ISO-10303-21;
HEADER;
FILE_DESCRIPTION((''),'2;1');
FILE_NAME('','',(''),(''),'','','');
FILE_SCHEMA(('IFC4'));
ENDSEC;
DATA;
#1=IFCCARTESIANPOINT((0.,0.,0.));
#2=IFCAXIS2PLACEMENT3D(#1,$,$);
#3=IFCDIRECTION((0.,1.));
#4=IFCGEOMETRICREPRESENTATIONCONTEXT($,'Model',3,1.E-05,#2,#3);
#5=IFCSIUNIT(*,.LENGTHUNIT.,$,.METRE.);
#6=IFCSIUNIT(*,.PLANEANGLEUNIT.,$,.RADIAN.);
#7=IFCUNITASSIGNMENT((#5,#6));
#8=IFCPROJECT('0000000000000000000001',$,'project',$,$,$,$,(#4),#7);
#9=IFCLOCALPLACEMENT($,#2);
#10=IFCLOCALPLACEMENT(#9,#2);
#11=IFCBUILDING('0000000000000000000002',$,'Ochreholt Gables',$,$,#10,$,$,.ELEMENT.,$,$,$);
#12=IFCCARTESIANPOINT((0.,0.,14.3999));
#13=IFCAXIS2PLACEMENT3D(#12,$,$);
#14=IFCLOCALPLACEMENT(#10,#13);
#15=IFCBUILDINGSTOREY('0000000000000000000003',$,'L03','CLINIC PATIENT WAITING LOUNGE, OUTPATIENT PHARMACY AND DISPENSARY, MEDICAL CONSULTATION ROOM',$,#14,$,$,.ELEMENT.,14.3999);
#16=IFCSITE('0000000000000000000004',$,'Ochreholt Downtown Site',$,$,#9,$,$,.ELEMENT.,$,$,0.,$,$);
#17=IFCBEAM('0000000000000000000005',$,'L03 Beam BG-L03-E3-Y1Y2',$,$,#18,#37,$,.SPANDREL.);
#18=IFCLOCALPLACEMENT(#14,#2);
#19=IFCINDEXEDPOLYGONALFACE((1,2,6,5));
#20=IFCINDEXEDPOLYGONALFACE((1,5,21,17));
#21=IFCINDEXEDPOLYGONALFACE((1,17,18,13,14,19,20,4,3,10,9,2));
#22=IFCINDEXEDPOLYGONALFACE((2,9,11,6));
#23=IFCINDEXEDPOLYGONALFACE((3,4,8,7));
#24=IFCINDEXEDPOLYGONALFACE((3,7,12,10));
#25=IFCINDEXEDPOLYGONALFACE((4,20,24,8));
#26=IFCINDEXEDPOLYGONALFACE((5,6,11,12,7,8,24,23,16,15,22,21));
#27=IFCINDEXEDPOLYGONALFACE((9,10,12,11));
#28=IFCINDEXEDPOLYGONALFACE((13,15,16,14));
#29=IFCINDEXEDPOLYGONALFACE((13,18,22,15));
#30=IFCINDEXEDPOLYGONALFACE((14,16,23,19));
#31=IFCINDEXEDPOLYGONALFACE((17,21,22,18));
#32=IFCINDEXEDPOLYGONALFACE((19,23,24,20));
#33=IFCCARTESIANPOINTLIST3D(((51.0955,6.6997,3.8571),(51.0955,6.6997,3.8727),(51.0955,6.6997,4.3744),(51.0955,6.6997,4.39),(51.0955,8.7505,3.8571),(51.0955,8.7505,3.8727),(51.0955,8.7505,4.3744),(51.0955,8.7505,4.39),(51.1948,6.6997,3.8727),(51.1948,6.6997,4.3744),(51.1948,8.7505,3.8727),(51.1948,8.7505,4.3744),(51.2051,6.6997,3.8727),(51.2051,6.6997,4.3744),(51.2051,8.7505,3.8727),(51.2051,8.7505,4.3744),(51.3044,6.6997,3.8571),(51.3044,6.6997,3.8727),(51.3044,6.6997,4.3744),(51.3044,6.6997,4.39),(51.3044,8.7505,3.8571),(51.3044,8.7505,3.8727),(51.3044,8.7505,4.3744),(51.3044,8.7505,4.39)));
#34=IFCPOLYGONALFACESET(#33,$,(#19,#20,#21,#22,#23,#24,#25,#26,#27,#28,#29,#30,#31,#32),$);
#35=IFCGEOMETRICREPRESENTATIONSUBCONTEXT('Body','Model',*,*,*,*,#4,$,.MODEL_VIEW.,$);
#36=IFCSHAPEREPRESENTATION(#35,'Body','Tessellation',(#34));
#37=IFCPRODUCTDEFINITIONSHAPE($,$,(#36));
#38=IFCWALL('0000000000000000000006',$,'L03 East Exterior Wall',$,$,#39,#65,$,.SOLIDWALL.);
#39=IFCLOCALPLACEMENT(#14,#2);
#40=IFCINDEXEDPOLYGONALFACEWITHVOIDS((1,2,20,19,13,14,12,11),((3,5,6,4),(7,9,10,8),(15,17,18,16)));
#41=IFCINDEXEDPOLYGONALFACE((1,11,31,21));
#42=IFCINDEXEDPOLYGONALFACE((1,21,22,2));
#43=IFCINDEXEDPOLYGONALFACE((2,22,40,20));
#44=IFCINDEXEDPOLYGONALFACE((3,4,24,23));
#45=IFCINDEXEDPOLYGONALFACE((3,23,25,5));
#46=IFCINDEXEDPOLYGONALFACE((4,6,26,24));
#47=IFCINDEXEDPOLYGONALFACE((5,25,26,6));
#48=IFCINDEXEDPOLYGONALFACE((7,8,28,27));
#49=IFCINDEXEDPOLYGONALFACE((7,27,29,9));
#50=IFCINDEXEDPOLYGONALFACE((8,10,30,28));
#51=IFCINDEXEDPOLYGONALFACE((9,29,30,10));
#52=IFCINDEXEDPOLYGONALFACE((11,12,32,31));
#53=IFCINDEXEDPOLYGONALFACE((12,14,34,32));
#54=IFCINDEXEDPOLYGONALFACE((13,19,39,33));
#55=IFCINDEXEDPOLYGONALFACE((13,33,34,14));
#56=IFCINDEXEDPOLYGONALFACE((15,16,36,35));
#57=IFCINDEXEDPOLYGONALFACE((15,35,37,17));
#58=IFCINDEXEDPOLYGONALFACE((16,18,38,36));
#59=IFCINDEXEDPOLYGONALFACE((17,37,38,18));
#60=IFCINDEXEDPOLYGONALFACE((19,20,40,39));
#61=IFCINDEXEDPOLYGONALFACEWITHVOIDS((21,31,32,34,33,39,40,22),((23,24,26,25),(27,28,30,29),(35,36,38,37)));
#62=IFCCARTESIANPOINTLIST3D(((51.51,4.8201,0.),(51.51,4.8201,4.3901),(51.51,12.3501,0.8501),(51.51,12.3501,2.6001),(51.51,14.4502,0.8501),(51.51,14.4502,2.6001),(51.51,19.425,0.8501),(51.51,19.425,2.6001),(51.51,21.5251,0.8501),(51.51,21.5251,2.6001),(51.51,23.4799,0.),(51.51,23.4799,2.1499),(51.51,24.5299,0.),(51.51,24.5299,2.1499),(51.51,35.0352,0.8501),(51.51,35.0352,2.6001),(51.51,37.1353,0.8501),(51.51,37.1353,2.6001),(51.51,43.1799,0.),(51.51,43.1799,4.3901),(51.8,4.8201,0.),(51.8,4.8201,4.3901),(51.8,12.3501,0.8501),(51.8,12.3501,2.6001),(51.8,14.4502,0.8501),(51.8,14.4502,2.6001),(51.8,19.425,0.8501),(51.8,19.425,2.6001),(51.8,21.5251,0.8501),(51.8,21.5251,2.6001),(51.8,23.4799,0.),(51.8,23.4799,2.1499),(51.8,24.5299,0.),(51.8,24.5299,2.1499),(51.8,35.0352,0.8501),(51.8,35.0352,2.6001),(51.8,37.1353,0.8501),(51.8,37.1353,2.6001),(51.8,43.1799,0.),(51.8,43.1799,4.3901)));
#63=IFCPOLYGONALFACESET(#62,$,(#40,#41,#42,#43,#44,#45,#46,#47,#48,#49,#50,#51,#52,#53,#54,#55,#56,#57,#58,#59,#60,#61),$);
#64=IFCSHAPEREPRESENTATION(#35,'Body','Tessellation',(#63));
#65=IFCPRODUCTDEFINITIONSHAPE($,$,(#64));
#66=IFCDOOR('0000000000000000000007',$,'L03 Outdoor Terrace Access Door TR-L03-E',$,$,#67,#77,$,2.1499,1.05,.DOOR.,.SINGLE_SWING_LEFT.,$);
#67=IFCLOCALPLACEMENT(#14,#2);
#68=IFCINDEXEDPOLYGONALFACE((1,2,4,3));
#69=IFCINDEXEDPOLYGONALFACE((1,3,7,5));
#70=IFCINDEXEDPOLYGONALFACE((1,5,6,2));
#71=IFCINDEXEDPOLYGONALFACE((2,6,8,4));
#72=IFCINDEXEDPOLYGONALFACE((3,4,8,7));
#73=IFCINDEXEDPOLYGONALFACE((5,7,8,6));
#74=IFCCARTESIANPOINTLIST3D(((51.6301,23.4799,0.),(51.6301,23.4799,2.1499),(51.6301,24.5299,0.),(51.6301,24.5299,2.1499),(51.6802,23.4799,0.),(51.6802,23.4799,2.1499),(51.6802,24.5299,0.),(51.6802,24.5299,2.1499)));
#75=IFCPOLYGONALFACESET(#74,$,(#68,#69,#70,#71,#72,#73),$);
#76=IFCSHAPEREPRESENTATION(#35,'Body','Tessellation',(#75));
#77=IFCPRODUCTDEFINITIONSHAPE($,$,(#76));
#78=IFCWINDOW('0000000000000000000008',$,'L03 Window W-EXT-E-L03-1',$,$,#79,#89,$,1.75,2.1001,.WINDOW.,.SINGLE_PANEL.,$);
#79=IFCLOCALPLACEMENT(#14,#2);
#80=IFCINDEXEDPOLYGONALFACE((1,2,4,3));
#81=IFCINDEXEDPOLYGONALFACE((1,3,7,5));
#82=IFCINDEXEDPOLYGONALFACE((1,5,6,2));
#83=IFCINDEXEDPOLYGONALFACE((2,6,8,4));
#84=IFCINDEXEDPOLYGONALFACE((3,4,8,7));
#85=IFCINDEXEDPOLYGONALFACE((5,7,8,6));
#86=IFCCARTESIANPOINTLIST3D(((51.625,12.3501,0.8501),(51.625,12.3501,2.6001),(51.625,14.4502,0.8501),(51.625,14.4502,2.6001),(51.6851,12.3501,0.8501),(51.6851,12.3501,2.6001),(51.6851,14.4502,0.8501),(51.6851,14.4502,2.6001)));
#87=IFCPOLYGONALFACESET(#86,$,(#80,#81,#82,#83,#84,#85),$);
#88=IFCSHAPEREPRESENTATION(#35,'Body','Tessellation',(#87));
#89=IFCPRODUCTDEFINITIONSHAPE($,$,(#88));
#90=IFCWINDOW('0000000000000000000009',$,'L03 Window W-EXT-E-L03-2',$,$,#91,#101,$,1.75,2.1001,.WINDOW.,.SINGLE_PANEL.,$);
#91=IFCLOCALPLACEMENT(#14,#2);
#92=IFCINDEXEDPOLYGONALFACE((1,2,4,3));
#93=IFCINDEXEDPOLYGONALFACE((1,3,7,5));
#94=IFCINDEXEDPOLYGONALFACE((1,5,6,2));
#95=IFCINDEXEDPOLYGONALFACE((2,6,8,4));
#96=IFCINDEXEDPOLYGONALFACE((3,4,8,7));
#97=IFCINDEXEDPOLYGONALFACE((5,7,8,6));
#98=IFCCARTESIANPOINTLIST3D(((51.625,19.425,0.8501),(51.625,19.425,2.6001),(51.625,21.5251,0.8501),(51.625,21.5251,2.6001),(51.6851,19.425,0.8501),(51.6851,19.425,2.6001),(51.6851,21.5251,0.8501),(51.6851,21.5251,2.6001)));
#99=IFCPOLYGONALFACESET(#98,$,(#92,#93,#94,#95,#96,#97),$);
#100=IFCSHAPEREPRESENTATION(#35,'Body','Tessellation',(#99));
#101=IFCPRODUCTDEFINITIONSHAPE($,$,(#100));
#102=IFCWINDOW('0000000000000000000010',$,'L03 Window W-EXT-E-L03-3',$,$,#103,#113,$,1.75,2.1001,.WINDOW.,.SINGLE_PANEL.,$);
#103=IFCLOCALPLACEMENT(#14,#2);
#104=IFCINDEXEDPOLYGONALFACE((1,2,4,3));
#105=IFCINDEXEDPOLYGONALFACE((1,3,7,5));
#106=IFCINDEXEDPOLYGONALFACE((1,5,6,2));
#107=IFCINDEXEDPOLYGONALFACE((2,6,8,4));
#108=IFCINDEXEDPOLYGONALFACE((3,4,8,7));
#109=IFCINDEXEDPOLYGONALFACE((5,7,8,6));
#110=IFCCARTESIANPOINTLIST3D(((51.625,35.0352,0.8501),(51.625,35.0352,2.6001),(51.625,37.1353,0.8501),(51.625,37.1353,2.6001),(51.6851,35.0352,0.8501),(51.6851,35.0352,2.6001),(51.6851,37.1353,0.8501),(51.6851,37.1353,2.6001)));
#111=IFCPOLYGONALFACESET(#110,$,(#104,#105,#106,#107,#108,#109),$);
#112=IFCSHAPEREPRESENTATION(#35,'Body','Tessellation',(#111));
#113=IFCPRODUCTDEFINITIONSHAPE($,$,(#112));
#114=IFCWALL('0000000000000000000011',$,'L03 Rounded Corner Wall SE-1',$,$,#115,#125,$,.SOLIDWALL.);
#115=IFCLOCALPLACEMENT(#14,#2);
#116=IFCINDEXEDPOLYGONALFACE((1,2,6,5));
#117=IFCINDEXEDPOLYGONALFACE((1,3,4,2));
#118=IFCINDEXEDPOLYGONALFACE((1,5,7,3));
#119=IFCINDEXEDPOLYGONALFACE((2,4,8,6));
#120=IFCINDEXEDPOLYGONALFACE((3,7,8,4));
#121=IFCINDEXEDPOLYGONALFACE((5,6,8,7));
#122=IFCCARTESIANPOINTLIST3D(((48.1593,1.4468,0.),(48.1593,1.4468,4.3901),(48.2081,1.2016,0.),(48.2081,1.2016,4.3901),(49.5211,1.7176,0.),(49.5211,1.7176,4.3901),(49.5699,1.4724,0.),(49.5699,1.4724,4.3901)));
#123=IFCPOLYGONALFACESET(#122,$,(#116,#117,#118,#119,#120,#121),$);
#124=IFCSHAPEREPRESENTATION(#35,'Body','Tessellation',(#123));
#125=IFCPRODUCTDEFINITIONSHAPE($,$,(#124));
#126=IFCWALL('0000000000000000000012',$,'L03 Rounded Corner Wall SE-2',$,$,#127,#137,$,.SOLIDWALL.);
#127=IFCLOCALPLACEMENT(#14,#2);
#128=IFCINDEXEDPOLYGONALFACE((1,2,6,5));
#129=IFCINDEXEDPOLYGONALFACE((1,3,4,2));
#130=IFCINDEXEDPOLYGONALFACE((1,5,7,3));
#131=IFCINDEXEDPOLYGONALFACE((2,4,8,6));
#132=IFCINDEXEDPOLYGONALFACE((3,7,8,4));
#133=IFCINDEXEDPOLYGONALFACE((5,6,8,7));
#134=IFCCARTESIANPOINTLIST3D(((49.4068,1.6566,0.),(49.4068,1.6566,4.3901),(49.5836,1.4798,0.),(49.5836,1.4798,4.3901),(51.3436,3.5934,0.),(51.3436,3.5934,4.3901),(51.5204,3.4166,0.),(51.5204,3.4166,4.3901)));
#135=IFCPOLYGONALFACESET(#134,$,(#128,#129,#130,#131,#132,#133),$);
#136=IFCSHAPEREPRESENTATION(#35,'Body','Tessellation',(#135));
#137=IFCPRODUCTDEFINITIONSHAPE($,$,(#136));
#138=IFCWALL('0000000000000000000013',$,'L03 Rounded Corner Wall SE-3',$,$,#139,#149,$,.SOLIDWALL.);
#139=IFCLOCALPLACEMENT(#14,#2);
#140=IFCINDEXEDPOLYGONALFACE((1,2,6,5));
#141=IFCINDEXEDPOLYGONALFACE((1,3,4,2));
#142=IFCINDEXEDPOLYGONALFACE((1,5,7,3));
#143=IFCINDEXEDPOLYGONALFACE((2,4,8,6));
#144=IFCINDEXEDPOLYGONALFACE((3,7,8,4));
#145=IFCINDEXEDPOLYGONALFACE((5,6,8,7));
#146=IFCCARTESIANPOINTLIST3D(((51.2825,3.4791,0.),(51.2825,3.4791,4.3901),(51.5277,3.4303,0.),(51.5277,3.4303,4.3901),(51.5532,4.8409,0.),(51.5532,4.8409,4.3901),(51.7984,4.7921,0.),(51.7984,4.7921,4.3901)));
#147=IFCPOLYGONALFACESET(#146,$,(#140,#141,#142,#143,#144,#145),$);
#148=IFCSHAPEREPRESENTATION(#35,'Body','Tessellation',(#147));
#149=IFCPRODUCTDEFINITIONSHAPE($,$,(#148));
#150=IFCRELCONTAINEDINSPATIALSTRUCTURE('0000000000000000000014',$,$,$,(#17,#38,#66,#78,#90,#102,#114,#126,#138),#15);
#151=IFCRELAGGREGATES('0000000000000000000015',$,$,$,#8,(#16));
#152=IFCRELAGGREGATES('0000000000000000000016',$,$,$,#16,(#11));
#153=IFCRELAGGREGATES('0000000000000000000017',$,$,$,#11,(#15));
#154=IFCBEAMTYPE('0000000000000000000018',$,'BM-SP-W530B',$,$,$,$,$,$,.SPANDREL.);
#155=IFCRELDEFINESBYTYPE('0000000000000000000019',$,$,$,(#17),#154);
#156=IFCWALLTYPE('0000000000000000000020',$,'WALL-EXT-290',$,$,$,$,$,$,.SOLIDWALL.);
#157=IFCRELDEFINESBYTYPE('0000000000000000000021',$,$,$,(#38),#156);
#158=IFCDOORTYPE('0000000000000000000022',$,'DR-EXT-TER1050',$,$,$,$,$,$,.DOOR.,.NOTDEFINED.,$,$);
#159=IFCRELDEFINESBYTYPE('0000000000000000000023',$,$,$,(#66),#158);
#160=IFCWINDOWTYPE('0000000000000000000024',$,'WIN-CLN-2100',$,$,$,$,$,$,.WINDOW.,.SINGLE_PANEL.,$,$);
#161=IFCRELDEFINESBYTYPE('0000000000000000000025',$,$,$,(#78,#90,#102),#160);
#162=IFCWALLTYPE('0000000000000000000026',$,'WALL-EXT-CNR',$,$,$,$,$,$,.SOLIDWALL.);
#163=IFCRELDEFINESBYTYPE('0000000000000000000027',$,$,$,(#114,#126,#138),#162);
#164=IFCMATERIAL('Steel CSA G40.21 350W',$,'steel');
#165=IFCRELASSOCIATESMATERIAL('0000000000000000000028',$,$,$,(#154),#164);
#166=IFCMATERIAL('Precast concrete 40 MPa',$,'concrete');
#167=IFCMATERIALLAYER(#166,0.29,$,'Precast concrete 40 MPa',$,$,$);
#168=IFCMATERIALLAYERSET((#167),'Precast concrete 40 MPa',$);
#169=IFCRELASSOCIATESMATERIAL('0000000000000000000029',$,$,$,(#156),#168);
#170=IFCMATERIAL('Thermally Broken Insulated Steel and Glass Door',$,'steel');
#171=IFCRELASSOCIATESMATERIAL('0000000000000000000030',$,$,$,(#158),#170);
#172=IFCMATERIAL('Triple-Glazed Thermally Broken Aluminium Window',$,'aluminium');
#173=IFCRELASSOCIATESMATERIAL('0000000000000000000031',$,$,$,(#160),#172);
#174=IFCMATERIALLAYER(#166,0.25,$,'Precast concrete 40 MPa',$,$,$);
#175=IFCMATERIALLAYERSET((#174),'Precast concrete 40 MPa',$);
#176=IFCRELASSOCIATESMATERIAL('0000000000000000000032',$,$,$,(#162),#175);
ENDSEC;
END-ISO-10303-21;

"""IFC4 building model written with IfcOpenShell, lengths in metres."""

from ifc_helpers import new_model, si_unit, direction, frame, frame_2d, origin, origin_2d, place, context, subcontext, project, spatial, rectangle, i_section, extrude, material, layer, layer_set, material_profile, profile_set, type_object, element, fill, save


model = new_model("IFC4")

# Units and contexts
model_context = context("Model", 3, precision=1e-05, world=origin(), true_north=direction((0.0, 1.0)))
body_context = subcontext(model_context, "Body", "Model", "MODEL_VIEW")
ifc_project = project(units=[si_unit("LENGTHUNIT", "METRE"), si_unit("PLANEANGLEUNIT", "RADIAN")], contexts=[model_context])

# Site, building, storey
site_placement = place(None, origin())
site = spatial("IfcSite", under=ifc_project, at=site_placement, Name="Ochreholt Downtown Site", CompositionType="ELEMENT", RefElevation=0.0)
building_placement = place(site_placement, origin())
building = spatial("IfcBuilding", under=site, at=building_placement, Name="Ochreholt Gables", CompositionType="ELEMENT")
storey_placement = place(building_placement, frame((0.0, 0.0, 14.3999)))
storey = spatial("IfcBuildingStorey", under=building, at=storey_placement, Name="L03", Description="CLINIC PATIENT WAITING LOUNGE, OUTPATIENT PHARMACY AND DISPENSARY, MEDICAL CONSULTATION ROOM", CompositionType="ELEMENT", Elevation=14.3999)

# Shared definitions
ifc_material_1 = material(Name="Steel CSA G40.21 350W", Category="steel")

# Beam
ifc_material_profile_1 = material_profile(ifc_material_1, i_section(OverallWidth=0.209, OverallDepth=0.533, WebThickness=0.0103, FlangeThickness=0.0156, at=origin_2d()), Name="W530X92")
ifc_profile_set_1 = profile_set([ifc_material_profile_1], Name="Steel CSA G40.21 350W")
beam_type_1 = type_object("IfcBeamType", Name="BM-SP-W530B", PredefinedType="SPANDREL", material=ifc_profile_set_1)
beam_1_placement = place(storey_placement, frame((51.2, 6.6997, 4.1235), z_axis=(0.0, 1.0, 0.0), x_axis=(-1.0, 0.0, 0.0)))
element("IfcBeam", 1, at=beam_1_placement, inside=storey, type_object=beam_type_1, Name="L03 Beam BG-L03-E3-Y1Y2", PredefinedType="SPANDREL", context=body_context, shape_type="SweptSolid", body=[
    extrude(i_section(OverallWidth=0.209, OverallDepth=0.533, WebThickness=0.0103, FlangeThickness=0.0156, at=origin_2d()), origin(), (0.0, 0.0, 1.0), 2.0508),
])

# Wall, openings, door, windows
ifc_material_2 = material(Name="Precast concrete 40 MPa", Category="concrete")
ifc_layer_1 = layer(ifc_material_2, 0.29, Name="Precast concrete 40 MPa")
ifc_layer_set_1 = layer_set([ifc_layer_1], Name="Precast concrete 40 MPa")
wall_type_1 = type_object("IfcWallType", Name="WALL-EXT-290", PredefinedType="SOLIDWALL", material=ifc_layer_set_1)
wall_1_placement = place(storey_placement, frame((51.655, 4.8201, 0.0), z_axis=(0.0, 0.0, 1.0), x_axis=(0.0, 1.0, 0.0)))
wall_1 = element("IfcWall", 2, at=wall_1_placement, inside=storey, type_object=wall_type_1, Name="L03 East Exterior Wall", PredefinedType="SOLIDWALL", context=body_context, shape_type="SweptSolid", body=[
    extrude(rectangle(XDim=38.3599, YDim=0.29, at=frame_2d((19.1799, 0.0))), origin(), (0.0, 0.0, 1.0), 4.3901),
])
opening_1_placement = place(wall_1_placement, frame((18.6599, 0.0, 0.0)))
opening_1 = element("IfcOpeningElement", 3, at=opening_1_placement, cuts=wall_1, PredefinedType="OPENING", context=body_context, shape_type="SweptSolid", body=[
    extrude(rectangle(XDim=1.05, YDim=2.1499, at=frame_2d((0.5249, 1.075))), frame((0.0, 0.155, 0.0), z_axis=(0.0, -1.0, 0.0), x_axis=(1.0, 0.0, 0.0)), (0.0, 0.0, 1.0), 0.3101),
])
opening_2_placement = place(wall_1_placement, frame((7.53, 0.0, 0.8501)))
opening_2 = element("IfcOpeningElement", 4, at=opening_2_placement, cuts=wall_1, PredefinedType="OPENING", context=body_context, shape_type="SweptSolid", body=[
    extrude(rectangle(XDim=2.1001, YDim=1.75, at=frame_2d((1.05, 0.875))), frame((0.0, 0.155, 0.0), z_axis=(0.0, -1.0, 0.0), x_axis=(1.0, 0.0, 0.0)), (0.0, 0.0, 1.0), 0.3101),
])
opening_3_placement = place(wall_1_placement, frame((14.605, 0.0, 0.8501)))
opening_3 = element("IfcOpeningElement", 5, at=opening_3_placement, cuts=wall_1, PredefinedType="OPENING", context=body_context, shape_type="SweptSolid", body=[
    extrude(rectangle(XDim=2.1001, YDim=1.75, at=frame_2d((1.05, 0.875))), frame((0.0, 0.155, 0.0), z_axis=(0.0, -1.0, 0.0), x_axis=(1.0, 0.0, 0.0)), (0.0, 0.0, 1.0), 0.3101),
])
opening_4_placement = place(wall_1_placement, frame((30.2151, 0.0, 0.8501)))
opening_4 = element("IfcOpeningElement", 6, at=opening_4_placement, cuts=wall_1, PredefinedType="OPENING", context=body_context, shape_type="SweptSolid", body=[
    extrude(rectangle(XDim=2.1001, YDim=1.75, at=frame_2d((1.05, 0.875))), frame((0.0, 0.155, 0.0), z_axis=(0.0, -1.0, 0.0), x_axis=(1.0, 0.0, 0.0)), (0.0, 0.0, 1.0), 0.3101),
])
ifc_material_3 = material(Name="Thermally Broken Insulated Steel and Glass Door", Category="steel")
door_type_1 = type_object("IfcDoorType", Name="DR-EXT-TER1050", OperationType="NOTDEFINED", PredefinedType="DOOR", material=ifc_material_3)
door_1_placement = place(opening_1_placement, origin())
door_1 = element("IfcDoor", 7, at=door_1_placement, inside=storey, type_object=door_type_1, Name="L03 Outdoor Terrace Access Door TR-L03-E", OperationType="SINGLE_SWING_LEFT", OverallHeight=2.1499, OverallWidth=1.05, PredefinedType="DOOR", context=body_context, shape_type="SweptSolid", body=[
    extrude(rectangle(XDim=1.05, YDim=2.1499, at=frame_2d((0.5249, 1.075))), frame((0.0, 0.0249, 0.0), z_axis=(0.0, -1.0, 0.0), x_axis=(1.0, 0.0, 0.0)), (0.0, 0.0, 1.0), 0.05),
])
fill(opening_1, door_1)
ifc_material_4 = material(Name="Triple-Glazed Thermally Broken Aluminium Window", Category="aluminium")
window_type = type_object("IfcWindowType", Name="WIN-CLN-2100", PartitioningType="SINGLE_PANEL", PredefinedType="WINDOW", material=ifc_material_4)
window_1_placement = place(opening_2_placement, origin())
window_1 = element("IfcWindow", 8, at=window_1_placement, inside=storey, type_object=window_type, Name="L03 Window W-EXT-E-L03-1", OverallHeight=1.75, OverallWidth=2.1001, PartitioningType="SINGLE_PANEL", PredefinedType="WINDOW", context=body_context, shape_type="SweptSolid", body=[
    extrude(rectangle(XDim=2.1001, YDim=1.75, at=frame_2d((1.05, 0.875))), frame((0.0, 0.03, 0.0), z_axis=(0.0, -1.0, 0.0), x_axis=(1.0, 0.0, 0.0)), (0.0, 0.0, 1.0), 0.0601),
])
fill(opening_2, window_1)
window_2_placement = place(opening_3_placement, origin())
window_2 = element("IfcWindow", 9, at=window_2_placement, inside=storey, type_object=window_type, Name="L03 Window W-EXT-E-L03-2", OverallHeight=1.75, OverallWidth=2.1001, PartitioningType="SINGLE_PANEL", PredefinedType="WINDOW", context=body_context, shape_type="SweptSolid", body=[
    extrude(rectangle(XDim=2.1001, YDim=1.75, at=frame_2d((1.05, 0.875))), frame((0.0, 0.03, 0.0), z_axis=(0.0, -1.0, 0.0), x_axis=(1.0, 0.0, 0.0)), (0.0, 0.0, 1.0), 0.0601),
])
fill(opening_3, window_2)
window_3_placement = place(opening_4_placement, origin())
window_3 = element("IfcWindow", 10, at=window_3_placement, inside=storey, type_object=window_type, Name="L03 Window W-EXT-E-L03-3", OverallHeight=1.75, OverallWidth=2.1001, PartitioningType="SINGLE_PANEL", PredefinedType="WINDOW", context=body_context, shape_type="SweptSolid", body=[
    extrude(rectangle(XDim=2.1001, YDim=1.75, at=frame_2d((1.05, 0.875))), frame((0.0, 0.03, 0.0), z_axis=(0.0, -1.0, 0.0), x_axis=(1.0, 0.0, 0.0)), (0.0, 0.0, 1.0), 0.0601),
])
fill(opening_4, window_3)

# Walls
ifc_layer_2 = layer(ifc_material_2, 0.25, Name="Precast concrete 40 MPa")
ifc_layer_set_2 = layer_set([ifc_layer_2], Name="Precast concrete 40 MPa")
wall_type_2 = type_object("IfcWallType", Name="WALL-EXT-CNR", PredefinedType="SOLIDWALL", material=ifc_layer_set_2)
wall_2_placement = place(storey_placement, frame((48.1836, 1.3242, 0.0), z_axis=(0.0, 0.0, 1.0), x_axis=(0.980803, 0.195, 0.0)))
element("IfcWall", 11, at=wall_2_placement, inside=storey, type_object=wall_type_2, Name="L03 Rounded Corner Wall SE-1", PredefinedType="SOLIDWALL", context=body_context, shape_type="SweptSolid", body=[
    extrude(rectangle(XDim=1.3884, YDim=0.25, at=frame_2d((0.6943, 0.0))), origin(), (0.0, 0.0, 1.0), 4.3901),
])
wall_3_placement = place(storey_placement, frame((49.4951, 1.5681, 0.0), z_axis=(0.0, 0.0, 1.0), x_axis=(0.707107, 0.707107, 0.0)))
element("IfcWall", 12, at=wall_3_placement, inside=storey, type_object=wall_type_2, Name="L03 Rounded Corner Wall SE-2", PredefinedType="SOLIDWALL", context=body_context, shape_type="SweptSolid", body=[
    extrude(rectangle(XDim=2.739, YDim=0.25, at=frame_2d((1.3696, 0.0))), origin(), (0.0, 0.0, 1.0), 4.3901),
])
wall_4_placement = place(storey_placement, frame((51.405, 3.4546, 0.0), z_axis=(0.0, 0.0, 1.0), x_axis=(0.195, 0.980803, 0.0)))
element("IfcWall", 13, at=wall_4_placement, inside=storey, type_object=wall_type_2, Name="L03 Rounded Corner Wall SE-3", PredefinedType="SOLIDWALL", context=body_context, shape_type="SweptSolid", body=[
    extrude(rectangle(XDim=1.3884, YDim=0.25, at=frame_2d((0.6943, 0.0))), origin(), (0.0, 0.0, 1.0), 4.3901),
])

save(model, "model.ifc")
